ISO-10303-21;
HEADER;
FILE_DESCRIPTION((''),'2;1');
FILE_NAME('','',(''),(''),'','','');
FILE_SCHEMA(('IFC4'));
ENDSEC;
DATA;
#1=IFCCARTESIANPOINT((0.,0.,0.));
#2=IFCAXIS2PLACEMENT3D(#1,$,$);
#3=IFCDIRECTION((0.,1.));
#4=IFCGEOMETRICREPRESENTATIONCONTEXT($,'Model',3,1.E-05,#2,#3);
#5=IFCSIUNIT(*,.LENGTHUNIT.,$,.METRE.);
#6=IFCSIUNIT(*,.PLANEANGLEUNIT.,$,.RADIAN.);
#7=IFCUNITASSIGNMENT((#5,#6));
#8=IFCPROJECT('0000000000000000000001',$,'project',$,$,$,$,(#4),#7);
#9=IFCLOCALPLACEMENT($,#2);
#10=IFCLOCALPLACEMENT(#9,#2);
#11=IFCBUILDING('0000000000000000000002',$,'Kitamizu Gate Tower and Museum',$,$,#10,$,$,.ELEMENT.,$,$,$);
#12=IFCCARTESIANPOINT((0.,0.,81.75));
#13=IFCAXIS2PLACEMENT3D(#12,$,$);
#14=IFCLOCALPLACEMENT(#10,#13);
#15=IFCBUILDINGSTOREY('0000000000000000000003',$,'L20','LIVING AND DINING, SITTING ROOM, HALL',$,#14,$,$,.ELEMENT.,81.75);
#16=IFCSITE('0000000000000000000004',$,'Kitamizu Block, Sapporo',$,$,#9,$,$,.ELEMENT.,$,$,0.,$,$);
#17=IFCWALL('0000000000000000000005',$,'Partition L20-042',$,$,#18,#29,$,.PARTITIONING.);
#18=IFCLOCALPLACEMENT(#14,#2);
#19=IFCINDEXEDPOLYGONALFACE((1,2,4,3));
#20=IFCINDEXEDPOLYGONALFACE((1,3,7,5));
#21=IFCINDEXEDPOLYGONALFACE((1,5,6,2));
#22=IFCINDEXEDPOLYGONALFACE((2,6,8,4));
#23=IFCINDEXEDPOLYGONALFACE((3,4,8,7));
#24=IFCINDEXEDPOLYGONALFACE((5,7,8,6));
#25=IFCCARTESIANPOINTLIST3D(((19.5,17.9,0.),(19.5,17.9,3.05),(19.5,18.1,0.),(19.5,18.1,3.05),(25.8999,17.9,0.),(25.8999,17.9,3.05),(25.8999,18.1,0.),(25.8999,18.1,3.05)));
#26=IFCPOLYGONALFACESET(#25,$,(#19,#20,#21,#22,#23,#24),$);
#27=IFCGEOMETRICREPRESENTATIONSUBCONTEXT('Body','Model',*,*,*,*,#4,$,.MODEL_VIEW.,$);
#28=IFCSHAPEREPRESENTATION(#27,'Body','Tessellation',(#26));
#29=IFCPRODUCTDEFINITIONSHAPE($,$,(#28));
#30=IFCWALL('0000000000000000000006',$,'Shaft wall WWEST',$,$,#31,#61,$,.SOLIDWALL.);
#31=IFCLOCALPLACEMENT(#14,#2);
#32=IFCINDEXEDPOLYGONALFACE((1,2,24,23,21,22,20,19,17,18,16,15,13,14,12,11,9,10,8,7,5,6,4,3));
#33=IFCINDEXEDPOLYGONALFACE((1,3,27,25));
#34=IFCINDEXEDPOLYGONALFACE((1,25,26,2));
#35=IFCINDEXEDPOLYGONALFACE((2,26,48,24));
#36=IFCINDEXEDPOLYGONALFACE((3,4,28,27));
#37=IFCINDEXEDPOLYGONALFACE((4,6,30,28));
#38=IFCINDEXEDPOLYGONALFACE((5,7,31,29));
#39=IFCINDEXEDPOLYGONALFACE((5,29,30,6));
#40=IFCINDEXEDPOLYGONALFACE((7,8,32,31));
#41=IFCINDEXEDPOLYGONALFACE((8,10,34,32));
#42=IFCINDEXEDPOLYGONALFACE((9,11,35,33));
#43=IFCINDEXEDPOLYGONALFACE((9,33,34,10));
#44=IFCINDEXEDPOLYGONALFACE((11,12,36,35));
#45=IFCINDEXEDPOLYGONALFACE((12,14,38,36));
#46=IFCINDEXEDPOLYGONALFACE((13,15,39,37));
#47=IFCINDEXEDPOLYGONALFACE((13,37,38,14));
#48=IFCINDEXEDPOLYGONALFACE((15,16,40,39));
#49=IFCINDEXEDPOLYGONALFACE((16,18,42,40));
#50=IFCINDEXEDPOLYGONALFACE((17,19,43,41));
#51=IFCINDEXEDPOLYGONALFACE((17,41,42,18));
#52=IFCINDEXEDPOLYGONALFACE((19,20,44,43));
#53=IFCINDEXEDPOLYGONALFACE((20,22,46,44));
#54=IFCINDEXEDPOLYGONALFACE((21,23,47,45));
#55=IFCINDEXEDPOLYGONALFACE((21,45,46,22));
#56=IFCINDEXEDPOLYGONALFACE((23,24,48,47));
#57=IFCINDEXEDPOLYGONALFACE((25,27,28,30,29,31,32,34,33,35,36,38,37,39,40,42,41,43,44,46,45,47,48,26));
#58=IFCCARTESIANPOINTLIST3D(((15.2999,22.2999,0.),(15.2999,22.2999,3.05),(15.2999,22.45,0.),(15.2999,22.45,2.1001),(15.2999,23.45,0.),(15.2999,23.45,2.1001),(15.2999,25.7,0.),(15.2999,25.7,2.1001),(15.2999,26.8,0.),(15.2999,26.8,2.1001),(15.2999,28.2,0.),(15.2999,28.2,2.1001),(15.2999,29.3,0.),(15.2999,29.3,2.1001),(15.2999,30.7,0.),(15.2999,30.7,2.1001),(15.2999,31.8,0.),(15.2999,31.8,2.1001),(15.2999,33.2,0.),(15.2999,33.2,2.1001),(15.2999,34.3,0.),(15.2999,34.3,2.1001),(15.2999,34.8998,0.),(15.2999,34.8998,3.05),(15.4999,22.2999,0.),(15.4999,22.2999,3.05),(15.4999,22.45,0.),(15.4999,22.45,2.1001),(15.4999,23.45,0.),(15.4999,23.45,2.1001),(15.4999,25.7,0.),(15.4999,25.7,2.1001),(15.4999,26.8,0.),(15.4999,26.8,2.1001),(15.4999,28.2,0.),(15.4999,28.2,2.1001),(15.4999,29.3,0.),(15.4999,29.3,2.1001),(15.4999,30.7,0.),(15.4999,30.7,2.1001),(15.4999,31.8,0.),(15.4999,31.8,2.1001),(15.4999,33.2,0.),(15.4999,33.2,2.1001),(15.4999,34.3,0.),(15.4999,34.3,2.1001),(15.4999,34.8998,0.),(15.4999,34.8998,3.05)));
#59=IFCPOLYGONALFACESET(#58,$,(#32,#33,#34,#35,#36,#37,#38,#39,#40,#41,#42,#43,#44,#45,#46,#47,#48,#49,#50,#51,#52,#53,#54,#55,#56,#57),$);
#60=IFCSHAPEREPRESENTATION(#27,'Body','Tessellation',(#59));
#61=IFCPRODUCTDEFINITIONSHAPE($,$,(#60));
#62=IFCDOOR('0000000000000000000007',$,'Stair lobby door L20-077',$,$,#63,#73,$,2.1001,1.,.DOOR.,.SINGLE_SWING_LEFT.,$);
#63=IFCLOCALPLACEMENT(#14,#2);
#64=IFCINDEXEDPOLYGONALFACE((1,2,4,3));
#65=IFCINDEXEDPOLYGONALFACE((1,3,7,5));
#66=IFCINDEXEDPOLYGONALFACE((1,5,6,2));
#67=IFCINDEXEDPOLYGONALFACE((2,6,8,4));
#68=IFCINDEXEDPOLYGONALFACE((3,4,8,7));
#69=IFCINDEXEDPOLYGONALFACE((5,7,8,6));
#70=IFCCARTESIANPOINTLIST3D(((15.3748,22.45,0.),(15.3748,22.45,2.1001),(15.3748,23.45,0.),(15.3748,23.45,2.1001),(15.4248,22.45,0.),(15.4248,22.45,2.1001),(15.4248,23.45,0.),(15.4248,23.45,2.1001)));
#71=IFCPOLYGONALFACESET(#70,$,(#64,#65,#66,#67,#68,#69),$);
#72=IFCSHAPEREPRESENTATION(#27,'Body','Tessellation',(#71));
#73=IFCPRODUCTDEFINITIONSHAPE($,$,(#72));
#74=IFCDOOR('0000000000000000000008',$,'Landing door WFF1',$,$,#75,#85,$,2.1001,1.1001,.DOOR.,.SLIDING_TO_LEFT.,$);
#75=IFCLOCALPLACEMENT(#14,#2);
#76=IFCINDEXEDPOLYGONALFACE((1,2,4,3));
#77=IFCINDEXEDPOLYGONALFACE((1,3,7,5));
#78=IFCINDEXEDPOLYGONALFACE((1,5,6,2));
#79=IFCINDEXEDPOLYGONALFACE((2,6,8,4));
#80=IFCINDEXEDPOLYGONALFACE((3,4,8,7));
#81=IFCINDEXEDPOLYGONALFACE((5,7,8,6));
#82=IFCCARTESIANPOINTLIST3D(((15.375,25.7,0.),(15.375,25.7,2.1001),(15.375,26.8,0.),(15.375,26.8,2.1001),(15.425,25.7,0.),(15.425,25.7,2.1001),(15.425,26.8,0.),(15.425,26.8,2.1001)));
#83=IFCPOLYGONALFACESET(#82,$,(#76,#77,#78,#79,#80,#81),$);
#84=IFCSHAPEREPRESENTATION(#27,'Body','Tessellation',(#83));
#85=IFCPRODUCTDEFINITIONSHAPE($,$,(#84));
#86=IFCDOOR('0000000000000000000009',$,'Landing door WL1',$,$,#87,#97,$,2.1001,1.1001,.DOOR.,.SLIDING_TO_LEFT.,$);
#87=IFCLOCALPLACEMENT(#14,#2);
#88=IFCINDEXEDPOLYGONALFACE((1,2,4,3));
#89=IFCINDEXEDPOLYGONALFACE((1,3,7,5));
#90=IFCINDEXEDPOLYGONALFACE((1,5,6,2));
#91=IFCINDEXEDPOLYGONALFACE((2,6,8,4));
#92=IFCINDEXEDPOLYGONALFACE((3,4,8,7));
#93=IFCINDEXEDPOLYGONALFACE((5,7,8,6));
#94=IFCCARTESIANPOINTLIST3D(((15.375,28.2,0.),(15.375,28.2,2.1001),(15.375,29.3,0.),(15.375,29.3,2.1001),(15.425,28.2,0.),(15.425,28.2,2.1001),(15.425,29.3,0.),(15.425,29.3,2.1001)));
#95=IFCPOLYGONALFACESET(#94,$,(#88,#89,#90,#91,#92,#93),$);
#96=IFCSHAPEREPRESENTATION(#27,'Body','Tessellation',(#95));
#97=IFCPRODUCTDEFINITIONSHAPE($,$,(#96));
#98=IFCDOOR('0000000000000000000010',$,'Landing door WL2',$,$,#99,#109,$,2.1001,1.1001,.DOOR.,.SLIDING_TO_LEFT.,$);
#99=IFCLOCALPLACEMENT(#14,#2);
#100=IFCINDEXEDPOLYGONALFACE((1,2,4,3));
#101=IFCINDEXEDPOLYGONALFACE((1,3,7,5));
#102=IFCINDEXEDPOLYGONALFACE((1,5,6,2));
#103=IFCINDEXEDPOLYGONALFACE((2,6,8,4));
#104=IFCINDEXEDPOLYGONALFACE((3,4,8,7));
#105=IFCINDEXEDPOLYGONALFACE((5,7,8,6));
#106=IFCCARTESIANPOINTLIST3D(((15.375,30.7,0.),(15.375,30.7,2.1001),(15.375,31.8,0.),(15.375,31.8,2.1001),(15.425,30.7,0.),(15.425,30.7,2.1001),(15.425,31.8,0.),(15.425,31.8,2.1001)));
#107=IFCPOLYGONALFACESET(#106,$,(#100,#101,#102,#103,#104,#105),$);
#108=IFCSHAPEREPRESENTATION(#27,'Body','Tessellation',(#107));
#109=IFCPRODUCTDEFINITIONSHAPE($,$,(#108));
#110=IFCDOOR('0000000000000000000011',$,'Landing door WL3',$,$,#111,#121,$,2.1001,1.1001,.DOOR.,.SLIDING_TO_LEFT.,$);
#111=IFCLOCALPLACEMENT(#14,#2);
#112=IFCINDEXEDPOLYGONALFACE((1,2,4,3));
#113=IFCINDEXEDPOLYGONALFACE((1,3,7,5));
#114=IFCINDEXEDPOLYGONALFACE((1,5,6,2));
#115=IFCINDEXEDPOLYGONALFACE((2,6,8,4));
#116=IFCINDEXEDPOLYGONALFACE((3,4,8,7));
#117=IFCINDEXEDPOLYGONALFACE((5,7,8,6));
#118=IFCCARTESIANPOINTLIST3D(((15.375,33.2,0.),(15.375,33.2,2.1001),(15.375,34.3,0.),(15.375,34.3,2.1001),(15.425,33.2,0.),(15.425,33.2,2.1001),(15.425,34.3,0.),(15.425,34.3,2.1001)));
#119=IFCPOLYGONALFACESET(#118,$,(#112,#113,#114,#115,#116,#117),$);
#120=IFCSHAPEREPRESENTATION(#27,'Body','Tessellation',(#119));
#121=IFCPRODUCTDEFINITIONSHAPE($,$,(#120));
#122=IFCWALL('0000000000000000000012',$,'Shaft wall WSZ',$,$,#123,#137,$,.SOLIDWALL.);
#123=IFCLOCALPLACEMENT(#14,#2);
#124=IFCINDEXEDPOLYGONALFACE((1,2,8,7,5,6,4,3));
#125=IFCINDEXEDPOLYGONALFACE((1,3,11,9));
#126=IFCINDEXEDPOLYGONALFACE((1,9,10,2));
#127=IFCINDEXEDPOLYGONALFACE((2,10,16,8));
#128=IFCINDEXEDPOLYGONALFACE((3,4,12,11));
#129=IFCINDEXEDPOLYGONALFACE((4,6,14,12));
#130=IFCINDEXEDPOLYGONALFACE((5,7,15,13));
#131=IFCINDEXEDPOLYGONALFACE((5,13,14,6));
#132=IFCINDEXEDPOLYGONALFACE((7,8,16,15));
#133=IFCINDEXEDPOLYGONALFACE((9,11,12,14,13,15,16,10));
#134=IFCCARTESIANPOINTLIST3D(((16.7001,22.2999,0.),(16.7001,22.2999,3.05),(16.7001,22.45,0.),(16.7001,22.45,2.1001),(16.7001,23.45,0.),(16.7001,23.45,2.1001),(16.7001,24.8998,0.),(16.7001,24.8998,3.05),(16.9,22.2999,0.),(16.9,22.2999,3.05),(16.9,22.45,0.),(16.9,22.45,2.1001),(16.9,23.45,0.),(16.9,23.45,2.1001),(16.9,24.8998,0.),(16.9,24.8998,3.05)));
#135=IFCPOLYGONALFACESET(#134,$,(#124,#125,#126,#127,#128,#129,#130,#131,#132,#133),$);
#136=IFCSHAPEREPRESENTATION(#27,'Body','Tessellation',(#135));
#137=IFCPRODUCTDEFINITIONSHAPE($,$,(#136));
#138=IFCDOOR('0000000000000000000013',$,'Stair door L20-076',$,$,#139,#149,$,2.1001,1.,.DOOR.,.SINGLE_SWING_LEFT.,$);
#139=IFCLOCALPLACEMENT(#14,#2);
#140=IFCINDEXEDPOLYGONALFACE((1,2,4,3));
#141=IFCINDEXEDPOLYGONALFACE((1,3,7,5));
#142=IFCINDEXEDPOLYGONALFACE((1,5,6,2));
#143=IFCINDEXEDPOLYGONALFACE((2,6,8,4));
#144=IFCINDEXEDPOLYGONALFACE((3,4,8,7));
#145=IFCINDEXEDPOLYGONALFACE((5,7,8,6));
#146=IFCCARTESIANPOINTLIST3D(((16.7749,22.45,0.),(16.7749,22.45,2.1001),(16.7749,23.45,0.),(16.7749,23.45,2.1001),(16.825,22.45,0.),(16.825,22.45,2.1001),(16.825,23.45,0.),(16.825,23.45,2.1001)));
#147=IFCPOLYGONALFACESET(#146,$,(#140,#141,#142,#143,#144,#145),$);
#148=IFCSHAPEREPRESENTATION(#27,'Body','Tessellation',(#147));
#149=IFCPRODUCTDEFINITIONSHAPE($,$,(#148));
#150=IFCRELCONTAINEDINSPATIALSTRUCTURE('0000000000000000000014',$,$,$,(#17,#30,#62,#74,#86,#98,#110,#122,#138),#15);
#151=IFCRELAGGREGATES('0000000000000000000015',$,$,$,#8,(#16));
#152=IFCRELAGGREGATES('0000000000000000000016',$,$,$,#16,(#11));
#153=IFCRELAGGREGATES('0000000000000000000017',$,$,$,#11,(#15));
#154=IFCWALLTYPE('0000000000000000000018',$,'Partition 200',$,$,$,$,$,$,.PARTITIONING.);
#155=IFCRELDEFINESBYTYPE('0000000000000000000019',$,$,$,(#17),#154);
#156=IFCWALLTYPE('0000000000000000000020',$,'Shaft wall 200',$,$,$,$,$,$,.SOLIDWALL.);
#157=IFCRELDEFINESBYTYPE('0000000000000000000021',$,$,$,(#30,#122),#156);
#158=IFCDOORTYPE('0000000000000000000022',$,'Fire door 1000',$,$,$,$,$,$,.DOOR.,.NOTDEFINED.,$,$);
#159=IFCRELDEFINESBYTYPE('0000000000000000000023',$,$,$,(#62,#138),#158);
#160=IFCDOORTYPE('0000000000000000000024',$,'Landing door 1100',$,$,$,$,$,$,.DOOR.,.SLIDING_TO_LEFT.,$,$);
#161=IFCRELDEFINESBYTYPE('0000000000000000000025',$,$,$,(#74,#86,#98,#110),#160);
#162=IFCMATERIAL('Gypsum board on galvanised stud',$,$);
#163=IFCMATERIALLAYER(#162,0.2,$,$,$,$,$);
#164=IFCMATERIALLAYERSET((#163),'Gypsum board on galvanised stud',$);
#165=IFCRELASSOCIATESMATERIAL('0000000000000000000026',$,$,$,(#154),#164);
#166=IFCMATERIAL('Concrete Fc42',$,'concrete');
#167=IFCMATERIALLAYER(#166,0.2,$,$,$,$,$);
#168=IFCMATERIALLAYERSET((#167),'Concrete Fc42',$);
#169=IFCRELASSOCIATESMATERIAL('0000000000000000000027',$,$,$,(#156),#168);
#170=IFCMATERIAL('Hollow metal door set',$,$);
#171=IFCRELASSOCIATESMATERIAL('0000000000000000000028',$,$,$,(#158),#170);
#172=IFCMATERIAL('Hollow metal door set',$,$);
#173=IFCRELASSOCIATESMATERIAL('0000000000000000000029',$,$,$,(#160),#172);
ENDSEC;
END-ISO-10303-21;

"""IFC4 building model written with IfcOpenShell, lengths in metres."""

from ifc_helpers import new_model, si_unit, direction, frame, frame_2d, origin, place, context, subcontext, project, spatial, rectangle, extrude, material, layer, layer_set, type_object, element, fill, save


model = new_model("IFC4")

# Units and contexts
model_context = context("Model", 3, precision=1e-05, world=origin(), true_north=direction((0.0, 1.0)))
body_context = subcontext(model_context, "Body", "Model", "MODEL_VIEW")
ifc_project = project(units=[si_unit("LENGTHUNIT", "METRE"), si_unit("PLANEANGLEUNIT", "RADIAN")], contexts=[model_context])

# Site, building, storey
site_placement = place(None, origin())
site = spatial("IfcSite", under=ifc_project, at=site_placement, Name="Kitamizu Block, Sapporo", CompositionType="ELEMENT", RefElevation=0.0)
building_placement = place(site_placement, origin())
building = spatial("IfcBuilding", under=site, at=building_placement, Name="Kitamizu Gate Tower and Museum", CompositionType="ELEMENT")
storey_placement = place(building_placement, frame((0.0, 0.0, 81.75)))
storey = spatial("IfcBuildingStorey", under=building, at=storey_placement, Name="L20", Description="LIVING AND DINING, SITTING ROOM, HALL", CompositionType="ELEMENT", Elevation=81.75)

# Shared definitions
ifc_material_1 = material(Name="Gypsum board on galvanised stud")
ifc_layer_1 = layer(ifc_material_1, 0.2)
ifc_layer_set_1 = layer_set([ifc_layer_1], Name="Gypsum board on galvanised stud")
wall_type_1 = type_object("IfcWallType", Name="Partition 200", PredefinedType="PARTITIONING", material=ifc_layer_set_1)

# Wall
wall_1_placement = place(storey_placement, frame((25.8999, 18.0, 0.0), z_axis=(0.0, 0.0, 1.0), x_axis=(-1.0, 0.0, 0.0)))
element("IfcWall", 1, at=wall_1_placement, inside=storey, type_object=wall_type_1, Name="Partition L20-042", PredefinedType="PARTITIONING", context=body_context, shape_type="SweptSolid", body=[
    extrude(rectangle(XDim=6.3999, YDim=0.2, at=frame_2d((3.2, 0.0))), origin(), (0.0, 0.0, 1.0), 3.05),
])

# Wall, openings, doors
ifc_material_2 = material(Name="Concrete Fc42", Category="concrete")
ifc_layer_2 = layer(ifc_material_2, 0.2)
ifc_layer_set_2 = layer_set([ifc_layer_2], Name="Concrete Fc42")
wall_type_2 = type_object("IfcWallType", Name="Shaft wall 200", PredefinedType="SOLIDWALL", material=ifc_layer_set_2)
wall_2_placement = place(storey_placement, frame((15.3999, 22.3, 0.0), z_axis=(0.0, 0.0, 1.0), x_axis=(0.0, 1.0, 0.0)))
wall_2 = element("IfcWall", 2, at=wall_2_placement, inside=storey, type_object=wall_type_2, Name="Shaft wall WWEST", PredefinedType="SOLIDWALL", context=body_context, shape_type="SweptSolid", body=[
    extrude(rectangle(XDim=12.5999, YDim=0.2, at=frame_2d((6.2998, 0.0))), origin(), (0.0, 0.0, 1.0), 3.05),
])
opening_1_placement = place(wall_2_placement, frame((3.3999, 0.0, 0.0)))
opening_1 = element("IfcOpeningElement", 3, at=opening_1_placement, cuts=wall_2, PredefinedType="OPENING", context=body_context, shape_type="SweptSolid", body=[
    extrude(rectangle(XDim=1.1001, YDim=2.1001, at=frame_2d((0.55, 1.05))), frame((0.0, 0.1099, 0.0), z_axis=(0.0, -1.0, 0.0), x_axis=(1.0, 0.0, 0.0)), (0.0, 0.0, 1.0), 0.22),
])
opening_2_placement = place(wall_2_placement, frame((5.8999, 0.0, 0.0)))
opening_2 = element("IfcOpeningElement", 4, at=opening_2_placement, cuts=wall_2, PredefinedType="OPENING", context=body_context, shape_type="SweptSolid", body=[
    extrude(rectangle(XDim=1.1001, YDim=2.1001, at=frame_2d((0.55, 1.05))), frame((0.0, 0.1099, 0.0), z_axis=(0.0, -1.0, 0.0), x_axis=(1.0, 0.0, 0.0)), (0.0, 0.0, 1.0), 0.22),
])
opening_3_placement = place(wall_2_placement, frame((8.3999, 0.0, 0.0)))
opening_3 = element("IfcOpeningElement", 5, at=opening_3_placement, cuts=wall_2, PredefinedType="OPENING", context=body_context, shape_type="SweptSolid", body=[
    extrude(rectangle(XDim=1.1001, YDim=2.1001, at=frame_2d((0.55, 1.05))), frame((0.0, 0.1099, 0.0), z_axis=(0.0, -1.0, 0.0), x_axis=(1.0, 0.0, 0.0)), (0.0, 0.0, 1.0), 0.22),
])
opening_4_placement = place(wall_2_placement, frame((10.8999, 0.0, 0.0)))
opening_4 = element("IfcOpeningElement", 6, at=opening_4_placement, cuts=wall_2, PredefinedType="OPENING", context=body_context, shape_type="SweptSolid", body=[
    extrude(rectangle(XDim=1.1001, YDim=2.1001, at=frame_2d((0.55, 1.05))), frame((0.0, 0.1099, 0.0), z_axis=(0.0, -1.0, 0.0), x_axis=(1.0, 0.0, 0.0)), (0.0, 0.0, 1.0), 0.22),
])
opening_5_placement = place(wall_2_placement, frame((0.1499, 0.0, 0.0)))
opening_5 = element("IfcOpeningElement", 7, at=opening_5_placement, cuts=wall_2, PredefinedType="OPENING", context=body_context, shape_type="SweptSolid", body=[
    extrude(rectangle(XDim=1.0, YDim=2.1001, at=frame_2d((0.5, 1.05))), frame((0.0, 0.1099, 0.0), z_axis=(0.0, -1.0, 0.0), x_axis=(1.0, 0.0, 0.0)), (0.0, 0.0, 1.0), 0.22),
])
ifc_material_3 = material(Name="Hollow metal door set")
door_type_1 = type_object("IfcDoorType", Name="Fire door 1000", OperationType="NOTDEFINED", PredefinedType="DOOR", material=ifc_material_3)
door_1_placement = place(opening_5_placement, frame((1.0, 0.0, 0.0), x_axis=(-1.0, 0.0, 0.0)))
door_1 = element("IfcDoor", 8, at=door_1_placement, inside=storey, type_object=door_type_1, Name="Stair lobby door L20-077", OperationType="SINGLE_SWING_LEFT", OverallHeight=2.1001, OverallWidth=1.0, PredefinedType="DOOR", context=body_context, shape_type="SweptSolid", body=[
    extrude(rectangle(XDim=1.0, YDim=2.1001, at=frame_2d((0.5, 1.05))), frame((0.0, 0.0249, 0.0), z_axis=(0.0, -1.0, 0.0), x_axis=(1.0, 0.0, 0.0)), (0.0, 0.0, 1.0), 0.05),
])
fill(opening_5, door_1)
ifc_material_4 = material(Name="Hollow metal door set")
door_type_2 = type_object("IfcDoorType", Name="Landing door 1100", OperationType="SLIDING_TO_LEFT", PredefinedType="DOOR", material=ifc_material_4)
door_2_placement = place(opening_1_placement, origin())
door_2 = element("IfcDoor", 9, at=door_2_placement, inside=storey, type_object=door_type_2, Name="Landing door WFF1", OperationType="SLIDING_TO_LEFT", OverallHeight=2.1001, OverallWidth=1.1001, PredefinedType="DOOR", context=body_context, shape_type="SweptSolid", body=[
    extrude(rectangle(XDim=1.1001, YDim=2.1001, at=frame_2d((0.55, 1.05))), frame((0.0, 0.0249, 0.0), z_axis=(0.0, -1.0, 0.0), x_axis=(1.0, 0.0, 0.0)), (0.0, 0.0, 1.0), 0.05),
])
fill(opening_1, door_2)
door_3_placement = place(opening_2_placement, origin())
door_3 = element("IfcDoor", 10, at=door_3_placement, inside=storey, type_object=door_type_2, Name="Landing door WL1", OperationType="SLIDING_TO_LEFT", OverallHeight=2.1001, OverallWidth=1.1001, PredefinedType="DOOR", context=body_context, shape_type="SweptSolid", body=[
    extrude(rectangle(XDim=1.1001, YDim=2.1001, at=frame_2d((0.55, 1.05))), frame((0.0, 0.0249, 0.0), z_axis=(0.0, -1.0, 0.0), x_axis=(1.0, 0.0, 0.0)), (0.0, 0.0, 1.0), 0.05),
])
fill(opening_2, door_3)
door_4_placement = place(opening_3_placement, origin())
door_4 = element("IfcDoor", 11, at=door_4_placement, inside=storey, type_object=door_type_2, Name="Landing door WL2", OperationType="SLIDING_TO_LEFT", OverallHeight=2.1001, OverallWidth=1.1001, PredefinedType="DOOR", context=body_context, shape_type="SweptSolid", body=[
    extrude(rectangle(XDim=1.1001, YDim=2.1001, at=frame_2d((0.55, 1.05))), frame((0.0, 0.0249, 0.0), z_axis=(0.0, -1.0, 0.0), x_axis=(1.0, 0.0, 0.0)), (0.0, 0.0, 1.0), 0.05),
])
fill(opening_3, door_4)
door_5_placement = place(opening_4_placement, origin())
door_5 = element("IfcDoor", 12, at=door_5_placement, inside=storey, type_object=door_type_2, Name="Landing door WL3", OperationType="SLIDING_TO_LEFT", OverallHeight=2.1001, OverallWidth=1.1001, PredefinedType="DOOR", context=body_context, shape_type="SweptSolid", body=[
    extrude(rectangle(XDim=1.1001, YDim=2.1001, at=frame_2d((0.55, 1.05))), frame((0.0, 0.0249, 0.0), z_axis=(0.0, -1.0, 0.0), x_axis=(1.0, 0.0, 0.0)), (0.0, 0.0, 1.0), 0.05),
])
fill(opening_4, door_5)

# Wall, opening, door
wall_3_placement = place(storey_placement, frame((16.8, 22.3, 0.0), z_axis=(0.0, 0.0, 1.0), x_axis=(0.0, 1.0, 0.0)))
wall_3 = element("IfcWall", 13, at=wall_3_placement, inside=storey, type_object=wall_type_2, Name="Shaft wall WSZ", PredefinedType="SOLIDWALL", context=body_context, shape_type="SweptSolid", body=[
    extrude(rectangle(XDim=2.5999, YDim=0.2, at=frame_2d((1.2998, 0.0))), origin(), (0.0, 0.0, 1.0), 3.05),
])
opening_6_placement = place(wall_3_placement, frame((0.1499, 0.0, 0.0)))
opening_6 = element("IfcOpeningElement", 14, at=opening_6_placement, cuts=wall_3, PredefinedType="OPENING", context=body_context, shape_type="SweptSolid", body=[
    extrude(rectangle(XDim=1.0, YDim=2.1001, at=frame_2d((0.5, 1.05))), frame((0.0, 0.1099, 0.0), z_axis=(0.0, -1.0, 0.0), x_axis=(1.0, 0.0, 0.0)), (0.0, 0.0, 1.0), 0.22),
])
door_6_placement = place(opening_6_placement, frame((1.0, 0.0, 0.0), x_axis=(-1.0, 0.0, 0.0)))
door_6 = element("IfcDoor", 15, at=door_6_placement, inside=storey, type_object=door_type_1, Name="Stair door L20-076", OperationType="SINGLE_SWING_LEFT", OverallHeight=2.1001, OverallWidth=1.0, PredefinedType="DOOR", context=body_context, shape_type="SweptSolid", body=[
    extrude(rectangle(XDim=1.0, YDim=2.1001, at=frame_2d((0.5, 1.05))), frame((0.0, 0.0249, 0.0), z_axis=(0.0, -1.0, 0.0), x_axis=(1.0, 0.0, 0.0)), (0.0, 0.0, 1.0), 0.05),
])
fill(opening_6, door_6)

save(model, "model.ifc")
